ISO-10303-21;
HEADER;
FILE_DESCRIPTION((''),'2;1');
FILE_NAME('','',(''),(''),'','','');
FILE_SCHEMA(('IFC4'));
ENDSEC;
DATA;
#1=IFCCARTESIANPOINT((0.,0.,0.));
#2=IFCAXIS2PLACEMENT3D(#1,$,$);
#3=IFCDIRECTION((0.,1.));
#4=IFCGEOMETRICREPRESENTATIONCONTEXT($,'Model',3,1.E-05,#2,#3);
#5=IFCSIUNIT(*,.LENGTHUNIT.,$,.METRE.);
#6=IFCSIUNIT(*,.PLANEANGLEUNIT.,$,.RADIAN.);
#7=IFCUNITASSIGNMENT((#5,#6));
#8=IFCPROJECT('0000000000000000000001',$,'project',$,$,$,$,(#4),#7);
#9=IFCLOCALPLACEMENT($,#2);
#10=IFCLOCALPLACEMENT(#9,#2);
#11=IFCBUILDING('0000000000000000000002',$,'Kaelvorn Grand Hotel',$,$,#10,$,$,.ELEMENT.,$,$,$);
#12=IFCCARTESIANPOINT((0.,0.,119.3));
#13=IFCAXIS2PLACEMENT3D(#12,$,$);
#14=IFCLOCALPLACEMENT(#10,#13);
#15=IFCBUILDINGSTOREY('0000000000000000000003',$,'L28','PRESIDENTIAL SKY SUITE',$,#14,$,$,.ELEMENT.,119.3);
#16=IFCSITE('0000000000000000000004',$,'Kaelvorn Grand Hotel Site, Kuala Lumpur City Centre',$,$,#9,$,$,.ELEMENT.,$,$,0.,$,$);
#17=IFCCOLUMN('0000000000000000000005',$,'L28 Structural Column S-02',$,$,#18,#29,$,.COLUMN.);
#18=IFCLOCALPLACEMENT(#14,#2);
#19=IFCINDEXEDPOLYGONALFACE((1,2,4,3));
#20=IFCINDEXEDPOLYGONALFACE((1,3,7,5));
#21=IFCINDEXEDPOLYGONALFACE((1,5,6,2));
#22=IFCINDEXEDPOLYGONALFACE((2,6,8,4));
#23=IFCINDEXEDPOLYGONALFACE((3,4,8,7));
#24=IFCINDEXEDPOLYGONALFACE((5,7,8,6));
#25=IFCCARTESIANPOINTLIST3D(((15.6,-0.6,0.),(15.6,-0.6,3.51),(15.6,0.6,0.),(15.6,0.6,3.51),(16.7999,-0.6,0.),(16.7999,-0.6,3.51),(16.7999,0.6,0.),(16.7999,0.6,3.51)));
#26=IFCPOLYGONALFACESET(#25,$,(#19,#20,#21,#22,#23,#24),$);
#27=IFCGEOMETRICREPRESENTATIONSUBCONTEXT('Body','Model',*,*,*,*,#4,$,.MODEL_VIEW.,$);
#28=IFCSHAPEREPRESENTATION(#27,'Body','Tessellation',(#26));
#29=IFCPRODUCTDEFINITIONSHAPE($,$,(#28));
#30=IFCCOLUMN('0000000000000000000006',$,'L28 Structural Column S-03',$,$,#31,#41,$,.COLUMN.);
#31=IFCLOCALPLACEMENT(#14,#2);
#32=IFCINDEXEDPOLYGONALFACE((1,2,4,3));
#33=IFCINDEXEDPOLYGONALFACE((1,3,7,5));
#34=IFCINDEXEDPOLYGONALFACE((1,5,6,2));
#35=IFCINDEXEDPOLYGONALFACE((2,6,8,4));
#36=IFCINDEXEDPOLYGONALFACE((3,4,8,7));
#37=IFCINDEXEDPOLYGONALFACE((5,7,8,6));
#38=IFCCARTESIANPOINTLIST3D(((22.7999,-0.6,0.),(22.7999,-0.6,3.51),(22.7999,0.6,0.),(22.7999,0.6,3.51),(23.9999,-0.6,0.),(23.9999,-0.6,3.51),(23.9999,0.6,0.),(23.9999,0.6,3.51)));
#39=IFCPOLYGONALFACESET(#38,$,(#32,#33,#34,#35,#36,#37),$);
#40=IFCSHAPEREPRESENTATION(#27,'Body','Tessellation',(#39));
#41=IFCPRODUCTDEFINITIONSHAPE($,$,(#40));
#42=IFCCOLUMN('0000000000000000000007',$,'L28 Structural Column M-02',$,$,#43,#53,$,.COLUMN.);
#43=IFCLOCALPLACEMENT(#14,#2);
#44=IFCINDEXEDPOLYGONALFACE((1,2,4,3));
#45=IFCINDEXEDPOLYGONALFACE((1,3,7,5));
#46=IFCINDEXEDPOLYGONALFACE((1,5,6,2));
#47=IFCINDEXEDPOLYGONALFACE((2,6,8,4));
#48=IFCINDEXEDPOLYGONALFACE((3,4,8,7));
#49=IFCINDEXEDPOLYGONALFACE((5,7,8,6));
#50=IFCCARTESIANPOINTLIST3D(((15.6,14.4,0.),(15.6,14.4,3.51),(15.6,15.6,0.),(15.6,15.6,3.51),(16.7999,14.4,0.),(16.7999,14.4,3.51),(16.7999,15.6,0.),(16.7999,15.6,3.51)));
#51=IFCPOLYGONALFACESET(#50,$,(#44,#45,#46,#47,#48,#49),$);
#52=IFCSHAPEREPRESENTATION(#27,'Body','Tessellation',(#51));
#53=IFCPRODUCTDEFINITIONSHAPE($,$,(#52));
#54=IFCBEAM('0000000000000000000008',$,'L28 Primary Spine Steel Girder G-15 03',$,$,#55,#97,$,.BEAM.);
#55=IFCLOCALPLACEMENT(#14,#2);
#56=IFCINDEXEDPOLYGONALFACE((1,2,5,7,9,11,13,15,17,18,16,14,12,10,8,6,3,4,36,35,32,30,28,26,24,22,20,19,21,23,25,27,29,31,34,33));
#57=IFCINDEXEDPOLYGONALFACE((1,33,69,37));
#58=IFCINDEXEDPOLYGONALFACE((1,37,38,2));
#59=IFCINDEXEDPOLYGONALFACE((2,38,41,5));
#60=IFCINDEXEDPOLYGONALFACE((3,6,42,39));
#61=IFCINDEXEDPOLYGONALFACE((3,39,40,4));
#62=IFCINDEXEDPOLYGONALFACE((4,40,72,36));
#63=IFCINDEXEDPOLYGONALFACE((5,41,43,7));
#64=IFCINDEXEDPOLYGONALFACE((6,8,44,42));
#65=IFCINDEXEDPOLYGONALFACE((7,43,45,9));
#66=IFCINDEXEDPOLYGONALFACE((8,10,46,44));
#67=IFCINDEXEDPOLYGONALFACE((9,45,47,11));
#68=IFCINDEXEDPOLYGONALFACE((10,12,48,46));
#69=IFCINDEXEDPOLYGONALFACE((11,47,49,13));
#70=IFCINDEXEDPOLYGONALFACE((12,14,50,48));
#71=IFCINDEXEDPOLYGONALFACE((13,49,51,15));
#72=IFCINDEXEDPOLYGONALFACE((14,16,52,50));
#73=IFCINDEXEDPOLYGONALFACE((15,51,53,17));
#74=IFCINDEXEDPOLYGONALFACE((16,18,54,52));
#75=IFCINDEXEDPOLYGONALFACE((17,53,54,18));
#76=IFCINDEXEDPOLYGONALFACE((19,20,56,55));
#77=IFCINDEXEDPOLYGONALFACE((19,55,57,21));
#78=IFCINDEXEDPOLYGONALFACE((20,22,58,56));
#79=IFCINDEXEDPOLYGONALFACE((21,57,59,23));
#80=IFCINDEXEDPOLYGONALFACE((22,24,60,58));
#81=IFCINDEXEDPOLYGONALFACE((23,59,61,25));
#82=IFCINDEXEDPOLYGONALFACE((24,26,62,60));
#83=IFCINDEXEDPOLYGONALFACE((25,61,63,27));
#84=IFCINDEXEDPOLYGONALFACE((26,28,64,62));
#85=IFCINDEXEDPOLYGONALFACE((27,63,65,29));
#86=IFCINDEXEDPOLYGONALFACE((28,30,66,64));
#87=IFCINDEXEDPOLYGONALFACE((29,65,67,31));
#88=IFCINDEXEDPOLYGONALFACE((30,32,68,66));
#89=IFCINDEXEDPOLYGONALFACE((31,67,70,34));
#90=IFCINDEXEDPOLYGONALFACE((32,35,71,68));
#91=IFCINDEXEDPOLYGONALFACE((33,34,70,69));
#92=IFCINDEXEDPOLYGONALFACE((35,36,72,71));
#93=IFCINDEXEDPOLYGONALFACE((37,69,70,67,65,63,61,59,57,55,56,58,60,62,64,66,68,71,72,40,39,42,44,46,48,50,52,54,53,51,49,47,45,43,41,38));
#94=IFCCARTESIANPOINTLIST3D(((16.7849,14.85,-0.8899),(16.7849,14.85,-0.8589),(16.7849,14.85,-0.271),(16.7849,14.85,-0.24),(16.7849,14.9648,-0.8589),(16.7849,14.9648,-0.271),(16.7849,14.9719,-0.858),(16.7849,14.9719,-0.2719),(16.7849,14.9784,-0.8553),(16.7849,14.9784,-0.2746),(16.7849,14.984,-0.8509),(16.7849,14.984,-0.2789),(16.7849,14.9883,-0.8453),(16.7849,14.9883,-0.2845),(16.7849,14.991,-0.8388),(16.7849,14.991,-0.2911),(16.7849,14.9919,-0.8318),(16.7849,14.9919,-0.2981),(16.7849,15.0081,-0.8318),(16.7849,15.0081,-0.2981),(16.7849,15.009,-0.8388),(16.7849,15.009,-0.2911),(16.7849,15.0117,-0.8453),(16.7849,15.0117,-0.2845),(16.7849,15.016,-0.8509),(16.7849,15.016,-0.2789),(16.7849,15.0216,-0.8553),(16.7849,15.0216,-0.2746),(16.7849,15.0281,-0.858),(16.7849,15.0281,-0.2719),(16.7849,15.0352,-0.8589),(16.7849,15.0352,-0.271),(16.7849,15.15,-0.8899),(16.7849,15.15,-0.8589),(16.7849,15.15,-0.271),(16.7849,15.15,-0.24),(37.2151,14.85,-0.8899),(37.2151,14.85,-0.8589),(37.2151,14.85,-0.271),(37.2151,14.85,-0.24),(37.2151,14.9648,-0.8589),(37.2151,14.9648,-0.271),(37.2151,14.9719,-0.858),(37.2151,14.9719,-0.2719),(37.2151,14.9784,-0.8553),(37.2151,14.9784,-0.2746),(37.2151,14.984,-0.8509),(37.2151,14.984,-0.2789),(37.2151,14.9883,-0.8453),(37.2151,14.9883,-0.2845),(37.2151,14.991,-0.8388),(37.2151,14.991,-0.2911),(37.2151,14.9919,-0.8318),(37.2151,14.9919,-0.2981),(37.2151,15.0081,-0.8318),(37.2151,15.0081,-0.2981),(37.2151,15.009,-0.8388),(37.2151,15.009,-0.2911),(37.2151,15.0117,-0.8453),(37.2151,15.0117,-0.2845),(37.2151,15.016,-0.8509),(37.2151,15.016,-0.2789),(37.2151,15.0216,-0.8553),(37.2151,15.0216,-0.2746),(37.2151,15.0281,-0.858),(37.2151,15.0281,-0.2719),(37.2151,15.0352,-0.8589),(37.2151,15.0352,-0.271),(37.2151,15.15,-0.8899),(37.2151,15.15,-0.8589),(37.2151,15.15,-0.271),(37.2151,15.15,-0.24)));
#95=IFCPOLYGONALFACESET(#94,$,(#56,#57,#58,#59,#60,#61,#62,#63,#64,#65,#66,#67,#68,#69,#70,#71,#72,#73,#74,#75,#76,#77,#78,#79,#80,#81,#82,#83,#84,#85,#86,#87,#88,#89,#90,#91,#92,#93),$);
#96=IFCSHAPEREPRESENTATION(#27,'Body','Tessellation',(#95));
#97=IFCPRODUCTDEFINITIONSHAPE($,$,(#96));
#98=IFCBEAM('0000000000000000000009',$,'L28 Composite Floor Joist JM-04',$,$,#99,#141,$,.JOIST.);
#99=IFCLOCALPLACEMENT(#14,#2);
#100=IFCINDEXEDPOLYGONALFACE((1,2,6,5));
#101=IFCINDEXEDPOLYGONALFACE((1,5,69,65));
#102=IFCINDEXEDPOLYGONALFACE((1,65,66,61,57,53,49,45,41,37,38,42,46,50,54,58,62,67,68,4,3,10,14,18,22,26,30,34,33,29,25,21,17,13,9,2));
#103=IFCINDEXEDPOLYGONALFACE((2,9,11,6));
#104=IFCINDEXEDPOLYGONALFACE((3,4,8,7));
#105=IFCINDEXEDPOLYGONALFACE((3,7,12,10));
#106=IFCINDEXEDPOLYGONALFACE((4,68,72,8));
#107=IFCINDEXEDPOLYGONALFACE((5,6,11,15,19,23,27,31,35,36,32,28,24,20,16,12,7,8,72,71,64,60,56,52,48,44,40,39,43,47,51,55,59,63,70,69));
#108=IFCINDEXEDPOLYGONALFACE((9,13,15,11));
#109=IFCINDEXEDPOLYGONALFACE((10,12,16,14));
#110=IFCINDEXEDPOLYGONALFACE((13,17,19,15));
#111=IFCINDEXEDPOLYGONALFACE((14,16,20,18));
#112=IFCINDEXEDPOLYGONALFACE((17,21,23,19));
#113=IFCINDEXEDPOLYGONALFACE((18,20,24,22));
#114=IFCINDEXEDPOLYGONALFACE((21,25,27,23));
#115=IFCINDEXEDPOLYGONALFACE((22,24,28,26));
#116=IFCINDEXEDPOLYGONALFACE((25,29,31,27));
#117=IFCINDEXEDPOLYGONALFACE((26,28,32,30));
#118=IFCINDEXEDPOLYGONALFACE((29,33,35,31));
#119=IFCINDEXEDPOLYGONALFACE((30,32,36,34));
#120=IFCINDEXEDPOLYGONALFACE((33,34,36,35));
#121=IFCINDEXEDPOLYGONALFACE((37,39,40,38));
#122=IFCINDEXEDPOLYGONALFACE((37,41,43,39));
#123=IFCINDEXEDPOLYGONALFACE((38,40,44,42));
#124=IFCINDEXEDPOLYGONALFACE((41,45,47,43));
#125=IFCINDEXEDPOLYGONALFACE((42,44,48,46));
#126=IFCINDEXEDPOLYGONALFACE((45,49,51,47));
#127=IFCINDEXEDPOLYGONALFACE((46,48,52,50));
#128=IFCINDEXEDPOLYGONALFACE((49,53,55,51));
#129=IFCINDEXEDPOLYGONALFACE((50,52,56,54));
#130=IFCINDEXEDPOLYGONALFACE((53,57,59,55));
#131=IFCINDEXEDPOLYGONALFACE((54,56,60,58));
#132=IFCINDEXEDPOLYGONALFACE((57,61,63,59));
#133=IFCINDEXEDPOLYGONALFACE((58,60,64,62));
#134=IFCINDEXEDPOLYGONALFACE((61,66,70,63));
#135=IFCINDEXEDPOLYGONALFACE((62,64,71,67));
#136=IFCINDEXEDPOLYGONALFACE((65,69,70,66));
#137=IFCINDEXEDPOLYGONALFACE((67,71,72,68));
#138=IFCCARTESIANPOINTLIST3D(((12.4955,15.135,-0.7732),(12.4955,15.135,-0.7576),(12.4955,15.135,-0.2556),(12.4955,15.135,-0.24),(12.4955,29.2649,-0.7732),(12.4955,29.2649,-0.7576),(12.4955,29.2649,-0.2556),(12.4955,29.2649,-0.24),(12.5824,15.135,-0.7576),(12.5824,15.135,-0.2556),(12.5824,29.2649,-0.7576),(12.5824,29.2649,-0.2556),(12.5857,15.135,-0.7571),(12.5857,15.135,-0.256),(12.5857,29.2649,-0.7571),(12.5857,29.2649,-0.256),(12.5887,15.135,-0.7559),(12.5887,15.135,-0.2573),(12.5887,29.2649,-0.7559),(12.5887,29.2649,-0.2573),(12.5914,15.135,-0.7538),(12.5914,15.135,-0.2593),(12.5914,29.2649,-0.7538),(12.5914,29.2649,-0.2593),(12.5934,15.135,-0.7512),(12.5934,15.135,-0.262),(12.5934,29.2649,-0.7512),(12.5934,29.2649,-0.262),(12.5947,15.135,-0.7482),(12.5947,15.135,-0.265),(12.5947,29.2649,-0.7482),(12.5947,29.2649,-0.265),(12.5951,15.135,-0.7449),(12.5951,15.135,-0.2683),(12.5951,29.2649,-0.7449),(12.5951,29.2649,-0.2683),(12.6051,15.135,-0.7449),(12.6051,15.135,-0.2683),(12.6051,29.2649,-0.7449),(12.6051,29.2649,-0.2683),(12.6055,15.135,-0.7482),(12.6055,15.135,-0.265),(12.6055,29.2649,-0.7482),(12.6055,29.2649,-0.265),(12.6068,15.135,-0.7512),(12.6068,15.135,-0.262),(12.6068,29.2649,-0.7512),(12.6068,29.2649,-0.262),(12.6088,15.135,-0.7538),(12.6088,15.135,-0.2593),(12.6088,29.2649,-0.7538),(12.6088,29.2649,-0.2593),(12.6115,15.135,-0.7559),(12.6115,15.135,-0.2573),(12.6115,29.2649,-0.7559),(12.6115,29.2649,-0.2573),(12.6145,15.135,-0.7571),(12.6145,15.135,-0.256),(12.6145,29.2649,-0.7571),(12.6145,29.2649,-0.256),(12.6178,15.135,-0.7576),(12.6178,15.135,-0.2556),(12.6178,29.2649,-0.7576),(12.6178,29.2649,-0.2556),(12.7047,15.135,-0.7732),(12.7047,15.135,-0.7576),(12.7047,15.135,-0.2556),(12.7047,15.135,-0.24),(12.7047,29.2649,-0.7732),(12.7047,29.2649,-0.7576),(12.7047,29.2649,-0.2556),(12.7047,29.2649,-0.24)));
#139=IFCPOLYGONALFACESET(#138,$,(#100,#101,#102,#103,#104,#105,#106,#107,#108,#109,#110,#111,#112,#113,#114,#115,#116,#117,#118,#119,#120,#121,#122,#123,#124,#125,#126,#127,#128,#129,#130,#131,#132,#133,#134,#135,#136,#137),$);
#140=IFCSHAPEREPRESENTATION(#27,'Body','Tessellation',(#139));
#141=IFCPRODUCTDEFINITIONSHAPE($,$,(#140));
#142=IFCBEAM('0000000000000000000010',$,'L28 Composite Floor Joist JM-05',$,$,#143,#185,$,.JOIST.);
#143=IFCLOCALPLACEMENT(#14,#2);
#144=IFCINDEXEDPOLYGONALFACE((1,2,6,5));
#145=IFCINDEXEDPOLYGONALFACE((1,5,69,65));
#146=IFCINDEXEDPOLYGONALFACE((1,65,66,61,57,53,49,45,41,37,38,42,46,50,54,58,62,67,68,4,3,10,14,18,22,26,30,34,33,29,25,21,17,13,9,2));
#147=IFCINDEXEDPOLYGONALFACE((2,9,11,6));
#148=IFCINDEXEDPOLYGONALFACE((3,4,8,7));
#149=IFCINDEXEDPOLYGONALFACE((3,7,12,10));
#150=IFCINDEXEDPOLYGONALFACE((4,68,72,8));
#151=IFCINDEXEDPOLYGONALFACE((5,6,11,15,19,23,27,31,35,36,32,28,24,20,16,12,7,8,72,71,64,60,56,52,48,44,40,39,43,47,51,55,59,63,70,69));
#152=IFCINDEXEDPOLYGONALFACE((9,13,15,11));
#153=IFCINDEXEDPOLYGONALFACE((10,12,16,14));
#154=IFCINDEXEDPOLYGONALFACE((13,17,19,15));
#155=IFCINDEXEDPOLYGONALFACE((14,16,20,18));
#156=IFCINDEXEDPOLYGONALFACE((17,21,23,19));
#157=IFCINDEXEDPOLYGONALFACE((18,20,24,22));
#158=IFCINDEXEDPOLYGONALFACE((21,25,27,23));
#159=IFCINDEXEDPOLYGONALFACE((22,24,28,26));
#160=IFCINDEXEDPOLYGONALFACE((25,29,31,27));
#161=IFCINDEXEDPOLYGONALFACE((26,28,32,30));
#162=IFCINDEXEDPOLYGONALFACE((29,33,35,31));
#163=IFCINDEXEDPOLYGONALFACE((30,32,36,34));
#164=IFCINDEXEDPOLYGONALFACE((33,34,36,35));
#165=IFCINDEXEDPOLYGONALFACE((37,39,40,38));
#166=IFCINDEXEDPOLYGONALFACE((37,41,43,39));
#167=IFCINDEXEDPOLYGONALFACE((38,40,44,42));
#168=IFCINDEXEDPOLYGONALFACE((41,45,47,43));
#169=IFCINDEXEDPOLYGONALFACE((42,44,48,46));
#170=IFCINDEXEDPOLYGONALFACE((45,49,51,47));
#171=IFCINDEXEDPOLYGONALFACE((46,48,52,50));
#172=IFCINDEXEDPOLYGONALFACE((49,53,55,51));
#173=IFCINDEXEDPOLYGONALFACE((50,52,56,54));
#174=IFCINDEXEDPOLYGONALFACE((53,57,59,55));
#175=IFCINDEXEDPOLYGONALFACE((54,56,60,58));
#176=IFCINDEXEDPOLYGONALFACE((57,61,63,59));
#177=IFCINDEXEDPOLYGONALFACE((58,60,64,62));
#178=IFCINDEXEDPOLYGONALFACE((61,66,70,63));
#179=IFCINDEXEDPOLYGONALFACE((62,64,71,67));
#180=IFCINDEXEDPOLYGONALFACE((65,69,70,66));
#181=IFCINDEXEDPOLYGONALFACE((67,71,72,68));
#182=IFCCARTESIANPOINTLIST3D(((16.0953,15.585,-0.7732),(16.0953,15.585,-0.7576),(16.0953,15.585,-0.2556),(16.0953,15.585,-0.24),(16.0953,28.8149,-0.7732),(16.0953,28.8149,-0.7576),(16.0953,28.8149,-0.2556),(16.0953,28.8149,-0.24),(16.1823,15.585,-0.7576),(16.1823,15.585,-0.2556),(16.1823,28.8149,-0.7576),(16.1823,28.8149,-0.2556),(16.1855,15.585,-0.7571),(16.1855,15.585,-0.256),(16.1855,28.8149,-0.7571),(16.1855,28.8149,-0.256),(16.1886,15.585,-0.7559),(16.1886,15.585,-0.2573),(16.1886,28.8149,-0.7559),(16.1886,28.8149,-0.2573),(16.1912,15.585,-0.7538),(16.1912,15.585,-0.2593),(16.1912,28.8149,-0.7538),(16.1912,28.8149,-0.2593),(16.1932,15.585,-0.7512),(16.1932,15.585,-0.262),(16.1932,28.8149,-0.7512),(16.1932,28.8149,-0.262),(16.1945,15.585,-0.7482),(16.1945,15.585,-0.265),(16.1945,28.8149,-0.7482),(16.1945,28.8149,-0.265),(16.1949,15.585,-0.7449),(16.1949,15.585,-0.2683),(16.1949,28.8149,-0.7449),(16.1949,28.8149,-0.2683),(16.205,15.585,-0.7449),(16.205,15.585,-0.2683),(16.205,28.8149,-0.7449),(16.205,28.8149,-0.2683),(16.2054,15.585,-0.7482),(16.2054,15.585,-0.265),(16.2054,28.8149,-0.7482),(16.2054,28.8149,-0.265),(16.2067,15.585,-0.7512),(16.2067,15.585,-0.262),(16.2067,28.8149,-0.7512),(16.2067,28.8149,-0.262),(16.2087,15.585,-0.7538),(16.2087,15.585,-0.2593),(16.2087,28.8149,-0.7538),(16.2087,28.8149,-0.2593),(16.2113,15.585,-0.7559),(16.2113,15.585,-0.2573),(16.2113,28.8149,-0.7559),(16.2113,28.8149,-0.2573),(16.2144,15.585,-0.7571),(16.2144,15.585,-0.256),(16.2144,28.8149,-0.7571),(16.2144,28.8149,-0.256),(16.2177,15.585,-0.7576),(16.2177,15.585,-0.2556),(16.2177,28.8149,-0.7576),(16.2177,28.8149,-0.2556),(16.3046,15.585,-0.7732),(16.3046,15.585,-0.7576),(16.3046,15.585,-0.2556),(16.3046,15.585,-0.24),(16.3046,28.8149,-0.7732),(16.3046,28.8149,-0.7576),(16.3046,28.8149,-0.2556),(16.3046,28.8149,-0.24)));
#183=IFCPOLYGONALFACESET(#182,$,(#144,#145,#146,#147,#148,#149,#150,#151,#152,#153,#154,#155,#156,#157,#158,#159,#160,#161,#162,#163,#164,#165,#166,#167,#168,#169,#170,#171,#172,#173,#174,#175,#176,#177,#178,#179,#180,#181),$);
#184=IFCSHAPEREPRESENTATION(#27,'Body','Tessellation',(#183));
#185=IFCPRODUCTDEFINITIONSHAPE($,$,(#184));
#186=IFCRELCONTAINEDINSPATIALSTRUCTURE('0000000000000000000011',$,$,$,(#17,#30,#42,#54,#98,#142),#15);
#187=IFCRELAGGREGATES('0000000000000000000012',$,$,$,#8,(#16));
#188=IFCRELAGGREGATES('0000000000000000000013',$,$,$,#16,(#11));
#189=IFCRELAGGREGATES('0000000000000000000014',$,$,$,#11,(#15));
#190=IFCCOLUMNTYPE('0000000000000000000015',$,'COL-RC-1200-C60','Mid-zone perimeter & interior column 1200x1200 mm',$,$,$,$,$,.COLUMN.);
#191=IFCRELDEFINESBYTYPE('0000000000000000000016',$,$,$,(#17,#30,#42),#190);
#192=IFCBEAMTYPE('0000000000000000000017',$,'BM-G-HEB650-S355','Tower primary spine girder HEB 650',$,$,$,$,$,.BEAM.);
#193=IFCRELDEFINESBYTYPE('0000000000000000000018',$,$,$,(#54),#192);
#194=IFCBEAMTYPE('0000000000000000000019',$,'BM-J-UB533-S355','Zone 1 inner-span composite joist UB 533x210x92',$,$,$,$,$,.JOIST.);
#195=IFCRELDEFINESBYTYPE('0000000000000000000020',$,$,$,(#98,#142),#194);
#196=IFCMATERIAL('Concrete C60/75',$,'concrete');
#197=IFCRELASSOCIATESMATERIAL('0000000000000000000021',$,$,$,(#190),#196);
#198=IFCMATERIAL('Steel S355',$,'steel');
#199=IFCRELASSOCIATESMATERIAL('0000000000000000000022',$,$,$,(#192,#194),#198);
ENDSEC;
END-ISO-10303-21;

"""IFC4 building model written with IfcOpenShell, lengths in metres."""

from ifc_helpers import new_model, si_unit, direction, frame, origin, origin_2d, place, context, subcontext, project, spatial, rectangle, i_section, extrude, material, material_profile, profile_set, type_object, element, save


model = new_model("IFC4")

# Units and contexts
model_context = context("Model", 3, precision=1e-05, world=origin(), true_north=direction((0.0, 1.0)))
body_context = subcontext(model_context, "Body", "Model", "MODEL_VIEW")
ifc_project = project(units=[si_unit("LENGTHUNIT", "METRE"), si_unit("PLANEANGLEUNIT", "RADIAN")], contexts=[model_context])

# Site, building, storey
site_placement = place(None, origin())
site = spatial("IfcSite", under=ifc_project, at=site_placement, Name="Kaelvorn Grand Hotel Site, Kuala Lumpur City Centre", CompositionType="ELEMENT", RefElevation=0.0)
building_placement = place(site_placement, origin())
building = spatial("IfcBuilding", under=site, at=building_placement, Name="Kaelvorn Grand Hotel", CompositionType="ELEMENT")
storey_placement = place(building_placement, frame((0.0, 0.0, 119.3)))
storey = spatial("IfcBuildingStorey", under=building, at=storey_placement, Name="L28", Description="PRESIDENTIAL SKY SUITE", CompositionType="ELEMENT", Elevation=119.3)

# Columns
ifc_material_1 = material(Name="Concrete C60/75", Category="concrete")
ifc_material_profile_1 = material_profile(ifc_material_1, rectangle(XDim=1.2, YDim=1.2, at=origin_2d()), Name="RC COL 1200x1200")
ifc_profile_set_1 = profile_set([ifc_material_profile_1], Name="Concrete C60/75")
column_type = type_object("IfcColumnType", Name="COL-RC-1200-C60", Description="Mid-zone perimeter & interior column 1200x1200 mm", PredefinedType="COLUMN", material=ifc_profile_set_1)
for number, where, z_axis, x_axis, name in (
    (1, (16.2, 0.0, 0.0), (0.0, 0.0, 1.0), (1.0, 0.0, 0.0), "L28 Structural Column S-02"),
    (2, (23.3999, 0.0, 0.0), (0.0, 0.0, 1.0), (1.0, 0.0, 0.0), "L28 Structural Column S-03"),
    (3, (16.2, 15.0, 0.0), (0.0, 0.0, 1.0), (1.0, 0.0, 0.0), "L28 Structural Column M-02"),
):
    element("IfcColumn", number, at=place(storey_placement, frame(where, z_axis=z_axis, x_axis=x_axis)), inside=storey, type_object=column_type, Name=name, PredefinedType="COLUMN", context=body_context, shape_type="SweptSolid", body=[
        extrude(rectangle(XDim=1.2, YDim=1.2, at=origin_2d()), origin(), (0.0, 0.0, 1.0), 3.51),
    ])

# Beams
ifc_material_2 = material(Name="Steel S355", Category="steel")
ifc_material_profile_2 = material_profile(ifc_material_2, i_section(OverallWidth=0.3, OverallDepth=0.6499, WebThickness=0.0161, FlangeThickness=0.031, FilletRadius=0.0271, at=origin_2d()), Name="HEB 650")
ifc_profile_set_2 = profile_set([ifc_material_profile_2], Name="Steel S355")
beam_type_1 = type_object("IfcBeamType", Name="BM-G-HEB650-S355", Description="Tower primary spine girder HEB 650", PredefinedType="BEAM", material=ifc_profile_set_2)
beam_1_placement = place(storey_placement, frame((16.7849, 15.0, -0.5649), z_axis=(1.0, 0.0, 0.0), x_axis=(0.0, 1.0, 0.0)))
element("IfcBeam", 4, at=beam_1_placement, inside=storey, type_object=beam_type_1, Name="L28 Primary Spine Steel Girder G-15 03", PredefinedType="BEAM", context=body_context, shape_type="SweptSolid", body=[
    extrude(i_section(OverallWidth=0.3, OverallDepth=0.6499, WebThickness=0.0161, FlangeThickness=0.031, FilletRadius=0.0271, at=origin_2d()), origin(), (0.0, 0.0, 1.0), 20.4302),
])
ifc_material_profile_3 = material_profile(ifc_material_2, i_section(OverallWidth=0.2092, OverallDepth=0.5332, WebThickness=0.01, FlangeThickness=0.0156, FilletRadius=0.0127, at=origin_2d()), Name="UB 533x210x92")
ifc_profile_set_3 = profile_set([ifc_material_profile_3], Name="Steel S355")
beam_type_2 = type_object("IfcBeamType", Name="BM-J-UB533-S355", Description="Zone 1 inner-span composite joist UB 533x210x92", PredefinedType="JOIST", material=ifc_profile_set_3)
beam_2_placement = place(storey_placement, frame((12.6001, 15.135, -0.5066), z_axis=(0.0, 1.0, 0.0), x_axis=(-1.0, 0.0, 0.0)))
element("IfcBeam", 5, at=beam_2_placement, inside=storey, type_object=beam_type_2, Name="L28 Composite Floor Joist JM-04", PredefinedType="JOIST", context=body_context, shape_type="SweptSolid", body=[
    extrude(i_section(OverallWidth=0.2092, OverallDepth=0.5332, WebThickness=0.01, FlangeThickness=0.0156, FilletRadius=0.0127, at=origin_2d()), origin(), (0.0, 0.0, 1.0), 14.1299),
])
beam_3_placement = place(storey_placement, frame((16.2, 15.585, -0.5066), z_axis=(0.0, 1.0, 0.0), x_axis=(-1.0, 0.0, 0.0)))
element("IfcBeam", 6, at=beam_3_placement, inside=storey, type_object=beam_type_2, Name="L28 Composite Floor Joist JM-05", PredefinedType="JOIST", context=body_context, shape_type="SweptSolid", body=[
    extrude(i_section(OverallWidth=0.2092, OverallDepth=0.5332, WebThickness=0.01, FlangeThickness=0.0156, FilletRadius=0.0127, at=origin_2d()), origin(), (0.0, 0.0, 1.0), 13.23),
])

save(model, "model.ifc")
